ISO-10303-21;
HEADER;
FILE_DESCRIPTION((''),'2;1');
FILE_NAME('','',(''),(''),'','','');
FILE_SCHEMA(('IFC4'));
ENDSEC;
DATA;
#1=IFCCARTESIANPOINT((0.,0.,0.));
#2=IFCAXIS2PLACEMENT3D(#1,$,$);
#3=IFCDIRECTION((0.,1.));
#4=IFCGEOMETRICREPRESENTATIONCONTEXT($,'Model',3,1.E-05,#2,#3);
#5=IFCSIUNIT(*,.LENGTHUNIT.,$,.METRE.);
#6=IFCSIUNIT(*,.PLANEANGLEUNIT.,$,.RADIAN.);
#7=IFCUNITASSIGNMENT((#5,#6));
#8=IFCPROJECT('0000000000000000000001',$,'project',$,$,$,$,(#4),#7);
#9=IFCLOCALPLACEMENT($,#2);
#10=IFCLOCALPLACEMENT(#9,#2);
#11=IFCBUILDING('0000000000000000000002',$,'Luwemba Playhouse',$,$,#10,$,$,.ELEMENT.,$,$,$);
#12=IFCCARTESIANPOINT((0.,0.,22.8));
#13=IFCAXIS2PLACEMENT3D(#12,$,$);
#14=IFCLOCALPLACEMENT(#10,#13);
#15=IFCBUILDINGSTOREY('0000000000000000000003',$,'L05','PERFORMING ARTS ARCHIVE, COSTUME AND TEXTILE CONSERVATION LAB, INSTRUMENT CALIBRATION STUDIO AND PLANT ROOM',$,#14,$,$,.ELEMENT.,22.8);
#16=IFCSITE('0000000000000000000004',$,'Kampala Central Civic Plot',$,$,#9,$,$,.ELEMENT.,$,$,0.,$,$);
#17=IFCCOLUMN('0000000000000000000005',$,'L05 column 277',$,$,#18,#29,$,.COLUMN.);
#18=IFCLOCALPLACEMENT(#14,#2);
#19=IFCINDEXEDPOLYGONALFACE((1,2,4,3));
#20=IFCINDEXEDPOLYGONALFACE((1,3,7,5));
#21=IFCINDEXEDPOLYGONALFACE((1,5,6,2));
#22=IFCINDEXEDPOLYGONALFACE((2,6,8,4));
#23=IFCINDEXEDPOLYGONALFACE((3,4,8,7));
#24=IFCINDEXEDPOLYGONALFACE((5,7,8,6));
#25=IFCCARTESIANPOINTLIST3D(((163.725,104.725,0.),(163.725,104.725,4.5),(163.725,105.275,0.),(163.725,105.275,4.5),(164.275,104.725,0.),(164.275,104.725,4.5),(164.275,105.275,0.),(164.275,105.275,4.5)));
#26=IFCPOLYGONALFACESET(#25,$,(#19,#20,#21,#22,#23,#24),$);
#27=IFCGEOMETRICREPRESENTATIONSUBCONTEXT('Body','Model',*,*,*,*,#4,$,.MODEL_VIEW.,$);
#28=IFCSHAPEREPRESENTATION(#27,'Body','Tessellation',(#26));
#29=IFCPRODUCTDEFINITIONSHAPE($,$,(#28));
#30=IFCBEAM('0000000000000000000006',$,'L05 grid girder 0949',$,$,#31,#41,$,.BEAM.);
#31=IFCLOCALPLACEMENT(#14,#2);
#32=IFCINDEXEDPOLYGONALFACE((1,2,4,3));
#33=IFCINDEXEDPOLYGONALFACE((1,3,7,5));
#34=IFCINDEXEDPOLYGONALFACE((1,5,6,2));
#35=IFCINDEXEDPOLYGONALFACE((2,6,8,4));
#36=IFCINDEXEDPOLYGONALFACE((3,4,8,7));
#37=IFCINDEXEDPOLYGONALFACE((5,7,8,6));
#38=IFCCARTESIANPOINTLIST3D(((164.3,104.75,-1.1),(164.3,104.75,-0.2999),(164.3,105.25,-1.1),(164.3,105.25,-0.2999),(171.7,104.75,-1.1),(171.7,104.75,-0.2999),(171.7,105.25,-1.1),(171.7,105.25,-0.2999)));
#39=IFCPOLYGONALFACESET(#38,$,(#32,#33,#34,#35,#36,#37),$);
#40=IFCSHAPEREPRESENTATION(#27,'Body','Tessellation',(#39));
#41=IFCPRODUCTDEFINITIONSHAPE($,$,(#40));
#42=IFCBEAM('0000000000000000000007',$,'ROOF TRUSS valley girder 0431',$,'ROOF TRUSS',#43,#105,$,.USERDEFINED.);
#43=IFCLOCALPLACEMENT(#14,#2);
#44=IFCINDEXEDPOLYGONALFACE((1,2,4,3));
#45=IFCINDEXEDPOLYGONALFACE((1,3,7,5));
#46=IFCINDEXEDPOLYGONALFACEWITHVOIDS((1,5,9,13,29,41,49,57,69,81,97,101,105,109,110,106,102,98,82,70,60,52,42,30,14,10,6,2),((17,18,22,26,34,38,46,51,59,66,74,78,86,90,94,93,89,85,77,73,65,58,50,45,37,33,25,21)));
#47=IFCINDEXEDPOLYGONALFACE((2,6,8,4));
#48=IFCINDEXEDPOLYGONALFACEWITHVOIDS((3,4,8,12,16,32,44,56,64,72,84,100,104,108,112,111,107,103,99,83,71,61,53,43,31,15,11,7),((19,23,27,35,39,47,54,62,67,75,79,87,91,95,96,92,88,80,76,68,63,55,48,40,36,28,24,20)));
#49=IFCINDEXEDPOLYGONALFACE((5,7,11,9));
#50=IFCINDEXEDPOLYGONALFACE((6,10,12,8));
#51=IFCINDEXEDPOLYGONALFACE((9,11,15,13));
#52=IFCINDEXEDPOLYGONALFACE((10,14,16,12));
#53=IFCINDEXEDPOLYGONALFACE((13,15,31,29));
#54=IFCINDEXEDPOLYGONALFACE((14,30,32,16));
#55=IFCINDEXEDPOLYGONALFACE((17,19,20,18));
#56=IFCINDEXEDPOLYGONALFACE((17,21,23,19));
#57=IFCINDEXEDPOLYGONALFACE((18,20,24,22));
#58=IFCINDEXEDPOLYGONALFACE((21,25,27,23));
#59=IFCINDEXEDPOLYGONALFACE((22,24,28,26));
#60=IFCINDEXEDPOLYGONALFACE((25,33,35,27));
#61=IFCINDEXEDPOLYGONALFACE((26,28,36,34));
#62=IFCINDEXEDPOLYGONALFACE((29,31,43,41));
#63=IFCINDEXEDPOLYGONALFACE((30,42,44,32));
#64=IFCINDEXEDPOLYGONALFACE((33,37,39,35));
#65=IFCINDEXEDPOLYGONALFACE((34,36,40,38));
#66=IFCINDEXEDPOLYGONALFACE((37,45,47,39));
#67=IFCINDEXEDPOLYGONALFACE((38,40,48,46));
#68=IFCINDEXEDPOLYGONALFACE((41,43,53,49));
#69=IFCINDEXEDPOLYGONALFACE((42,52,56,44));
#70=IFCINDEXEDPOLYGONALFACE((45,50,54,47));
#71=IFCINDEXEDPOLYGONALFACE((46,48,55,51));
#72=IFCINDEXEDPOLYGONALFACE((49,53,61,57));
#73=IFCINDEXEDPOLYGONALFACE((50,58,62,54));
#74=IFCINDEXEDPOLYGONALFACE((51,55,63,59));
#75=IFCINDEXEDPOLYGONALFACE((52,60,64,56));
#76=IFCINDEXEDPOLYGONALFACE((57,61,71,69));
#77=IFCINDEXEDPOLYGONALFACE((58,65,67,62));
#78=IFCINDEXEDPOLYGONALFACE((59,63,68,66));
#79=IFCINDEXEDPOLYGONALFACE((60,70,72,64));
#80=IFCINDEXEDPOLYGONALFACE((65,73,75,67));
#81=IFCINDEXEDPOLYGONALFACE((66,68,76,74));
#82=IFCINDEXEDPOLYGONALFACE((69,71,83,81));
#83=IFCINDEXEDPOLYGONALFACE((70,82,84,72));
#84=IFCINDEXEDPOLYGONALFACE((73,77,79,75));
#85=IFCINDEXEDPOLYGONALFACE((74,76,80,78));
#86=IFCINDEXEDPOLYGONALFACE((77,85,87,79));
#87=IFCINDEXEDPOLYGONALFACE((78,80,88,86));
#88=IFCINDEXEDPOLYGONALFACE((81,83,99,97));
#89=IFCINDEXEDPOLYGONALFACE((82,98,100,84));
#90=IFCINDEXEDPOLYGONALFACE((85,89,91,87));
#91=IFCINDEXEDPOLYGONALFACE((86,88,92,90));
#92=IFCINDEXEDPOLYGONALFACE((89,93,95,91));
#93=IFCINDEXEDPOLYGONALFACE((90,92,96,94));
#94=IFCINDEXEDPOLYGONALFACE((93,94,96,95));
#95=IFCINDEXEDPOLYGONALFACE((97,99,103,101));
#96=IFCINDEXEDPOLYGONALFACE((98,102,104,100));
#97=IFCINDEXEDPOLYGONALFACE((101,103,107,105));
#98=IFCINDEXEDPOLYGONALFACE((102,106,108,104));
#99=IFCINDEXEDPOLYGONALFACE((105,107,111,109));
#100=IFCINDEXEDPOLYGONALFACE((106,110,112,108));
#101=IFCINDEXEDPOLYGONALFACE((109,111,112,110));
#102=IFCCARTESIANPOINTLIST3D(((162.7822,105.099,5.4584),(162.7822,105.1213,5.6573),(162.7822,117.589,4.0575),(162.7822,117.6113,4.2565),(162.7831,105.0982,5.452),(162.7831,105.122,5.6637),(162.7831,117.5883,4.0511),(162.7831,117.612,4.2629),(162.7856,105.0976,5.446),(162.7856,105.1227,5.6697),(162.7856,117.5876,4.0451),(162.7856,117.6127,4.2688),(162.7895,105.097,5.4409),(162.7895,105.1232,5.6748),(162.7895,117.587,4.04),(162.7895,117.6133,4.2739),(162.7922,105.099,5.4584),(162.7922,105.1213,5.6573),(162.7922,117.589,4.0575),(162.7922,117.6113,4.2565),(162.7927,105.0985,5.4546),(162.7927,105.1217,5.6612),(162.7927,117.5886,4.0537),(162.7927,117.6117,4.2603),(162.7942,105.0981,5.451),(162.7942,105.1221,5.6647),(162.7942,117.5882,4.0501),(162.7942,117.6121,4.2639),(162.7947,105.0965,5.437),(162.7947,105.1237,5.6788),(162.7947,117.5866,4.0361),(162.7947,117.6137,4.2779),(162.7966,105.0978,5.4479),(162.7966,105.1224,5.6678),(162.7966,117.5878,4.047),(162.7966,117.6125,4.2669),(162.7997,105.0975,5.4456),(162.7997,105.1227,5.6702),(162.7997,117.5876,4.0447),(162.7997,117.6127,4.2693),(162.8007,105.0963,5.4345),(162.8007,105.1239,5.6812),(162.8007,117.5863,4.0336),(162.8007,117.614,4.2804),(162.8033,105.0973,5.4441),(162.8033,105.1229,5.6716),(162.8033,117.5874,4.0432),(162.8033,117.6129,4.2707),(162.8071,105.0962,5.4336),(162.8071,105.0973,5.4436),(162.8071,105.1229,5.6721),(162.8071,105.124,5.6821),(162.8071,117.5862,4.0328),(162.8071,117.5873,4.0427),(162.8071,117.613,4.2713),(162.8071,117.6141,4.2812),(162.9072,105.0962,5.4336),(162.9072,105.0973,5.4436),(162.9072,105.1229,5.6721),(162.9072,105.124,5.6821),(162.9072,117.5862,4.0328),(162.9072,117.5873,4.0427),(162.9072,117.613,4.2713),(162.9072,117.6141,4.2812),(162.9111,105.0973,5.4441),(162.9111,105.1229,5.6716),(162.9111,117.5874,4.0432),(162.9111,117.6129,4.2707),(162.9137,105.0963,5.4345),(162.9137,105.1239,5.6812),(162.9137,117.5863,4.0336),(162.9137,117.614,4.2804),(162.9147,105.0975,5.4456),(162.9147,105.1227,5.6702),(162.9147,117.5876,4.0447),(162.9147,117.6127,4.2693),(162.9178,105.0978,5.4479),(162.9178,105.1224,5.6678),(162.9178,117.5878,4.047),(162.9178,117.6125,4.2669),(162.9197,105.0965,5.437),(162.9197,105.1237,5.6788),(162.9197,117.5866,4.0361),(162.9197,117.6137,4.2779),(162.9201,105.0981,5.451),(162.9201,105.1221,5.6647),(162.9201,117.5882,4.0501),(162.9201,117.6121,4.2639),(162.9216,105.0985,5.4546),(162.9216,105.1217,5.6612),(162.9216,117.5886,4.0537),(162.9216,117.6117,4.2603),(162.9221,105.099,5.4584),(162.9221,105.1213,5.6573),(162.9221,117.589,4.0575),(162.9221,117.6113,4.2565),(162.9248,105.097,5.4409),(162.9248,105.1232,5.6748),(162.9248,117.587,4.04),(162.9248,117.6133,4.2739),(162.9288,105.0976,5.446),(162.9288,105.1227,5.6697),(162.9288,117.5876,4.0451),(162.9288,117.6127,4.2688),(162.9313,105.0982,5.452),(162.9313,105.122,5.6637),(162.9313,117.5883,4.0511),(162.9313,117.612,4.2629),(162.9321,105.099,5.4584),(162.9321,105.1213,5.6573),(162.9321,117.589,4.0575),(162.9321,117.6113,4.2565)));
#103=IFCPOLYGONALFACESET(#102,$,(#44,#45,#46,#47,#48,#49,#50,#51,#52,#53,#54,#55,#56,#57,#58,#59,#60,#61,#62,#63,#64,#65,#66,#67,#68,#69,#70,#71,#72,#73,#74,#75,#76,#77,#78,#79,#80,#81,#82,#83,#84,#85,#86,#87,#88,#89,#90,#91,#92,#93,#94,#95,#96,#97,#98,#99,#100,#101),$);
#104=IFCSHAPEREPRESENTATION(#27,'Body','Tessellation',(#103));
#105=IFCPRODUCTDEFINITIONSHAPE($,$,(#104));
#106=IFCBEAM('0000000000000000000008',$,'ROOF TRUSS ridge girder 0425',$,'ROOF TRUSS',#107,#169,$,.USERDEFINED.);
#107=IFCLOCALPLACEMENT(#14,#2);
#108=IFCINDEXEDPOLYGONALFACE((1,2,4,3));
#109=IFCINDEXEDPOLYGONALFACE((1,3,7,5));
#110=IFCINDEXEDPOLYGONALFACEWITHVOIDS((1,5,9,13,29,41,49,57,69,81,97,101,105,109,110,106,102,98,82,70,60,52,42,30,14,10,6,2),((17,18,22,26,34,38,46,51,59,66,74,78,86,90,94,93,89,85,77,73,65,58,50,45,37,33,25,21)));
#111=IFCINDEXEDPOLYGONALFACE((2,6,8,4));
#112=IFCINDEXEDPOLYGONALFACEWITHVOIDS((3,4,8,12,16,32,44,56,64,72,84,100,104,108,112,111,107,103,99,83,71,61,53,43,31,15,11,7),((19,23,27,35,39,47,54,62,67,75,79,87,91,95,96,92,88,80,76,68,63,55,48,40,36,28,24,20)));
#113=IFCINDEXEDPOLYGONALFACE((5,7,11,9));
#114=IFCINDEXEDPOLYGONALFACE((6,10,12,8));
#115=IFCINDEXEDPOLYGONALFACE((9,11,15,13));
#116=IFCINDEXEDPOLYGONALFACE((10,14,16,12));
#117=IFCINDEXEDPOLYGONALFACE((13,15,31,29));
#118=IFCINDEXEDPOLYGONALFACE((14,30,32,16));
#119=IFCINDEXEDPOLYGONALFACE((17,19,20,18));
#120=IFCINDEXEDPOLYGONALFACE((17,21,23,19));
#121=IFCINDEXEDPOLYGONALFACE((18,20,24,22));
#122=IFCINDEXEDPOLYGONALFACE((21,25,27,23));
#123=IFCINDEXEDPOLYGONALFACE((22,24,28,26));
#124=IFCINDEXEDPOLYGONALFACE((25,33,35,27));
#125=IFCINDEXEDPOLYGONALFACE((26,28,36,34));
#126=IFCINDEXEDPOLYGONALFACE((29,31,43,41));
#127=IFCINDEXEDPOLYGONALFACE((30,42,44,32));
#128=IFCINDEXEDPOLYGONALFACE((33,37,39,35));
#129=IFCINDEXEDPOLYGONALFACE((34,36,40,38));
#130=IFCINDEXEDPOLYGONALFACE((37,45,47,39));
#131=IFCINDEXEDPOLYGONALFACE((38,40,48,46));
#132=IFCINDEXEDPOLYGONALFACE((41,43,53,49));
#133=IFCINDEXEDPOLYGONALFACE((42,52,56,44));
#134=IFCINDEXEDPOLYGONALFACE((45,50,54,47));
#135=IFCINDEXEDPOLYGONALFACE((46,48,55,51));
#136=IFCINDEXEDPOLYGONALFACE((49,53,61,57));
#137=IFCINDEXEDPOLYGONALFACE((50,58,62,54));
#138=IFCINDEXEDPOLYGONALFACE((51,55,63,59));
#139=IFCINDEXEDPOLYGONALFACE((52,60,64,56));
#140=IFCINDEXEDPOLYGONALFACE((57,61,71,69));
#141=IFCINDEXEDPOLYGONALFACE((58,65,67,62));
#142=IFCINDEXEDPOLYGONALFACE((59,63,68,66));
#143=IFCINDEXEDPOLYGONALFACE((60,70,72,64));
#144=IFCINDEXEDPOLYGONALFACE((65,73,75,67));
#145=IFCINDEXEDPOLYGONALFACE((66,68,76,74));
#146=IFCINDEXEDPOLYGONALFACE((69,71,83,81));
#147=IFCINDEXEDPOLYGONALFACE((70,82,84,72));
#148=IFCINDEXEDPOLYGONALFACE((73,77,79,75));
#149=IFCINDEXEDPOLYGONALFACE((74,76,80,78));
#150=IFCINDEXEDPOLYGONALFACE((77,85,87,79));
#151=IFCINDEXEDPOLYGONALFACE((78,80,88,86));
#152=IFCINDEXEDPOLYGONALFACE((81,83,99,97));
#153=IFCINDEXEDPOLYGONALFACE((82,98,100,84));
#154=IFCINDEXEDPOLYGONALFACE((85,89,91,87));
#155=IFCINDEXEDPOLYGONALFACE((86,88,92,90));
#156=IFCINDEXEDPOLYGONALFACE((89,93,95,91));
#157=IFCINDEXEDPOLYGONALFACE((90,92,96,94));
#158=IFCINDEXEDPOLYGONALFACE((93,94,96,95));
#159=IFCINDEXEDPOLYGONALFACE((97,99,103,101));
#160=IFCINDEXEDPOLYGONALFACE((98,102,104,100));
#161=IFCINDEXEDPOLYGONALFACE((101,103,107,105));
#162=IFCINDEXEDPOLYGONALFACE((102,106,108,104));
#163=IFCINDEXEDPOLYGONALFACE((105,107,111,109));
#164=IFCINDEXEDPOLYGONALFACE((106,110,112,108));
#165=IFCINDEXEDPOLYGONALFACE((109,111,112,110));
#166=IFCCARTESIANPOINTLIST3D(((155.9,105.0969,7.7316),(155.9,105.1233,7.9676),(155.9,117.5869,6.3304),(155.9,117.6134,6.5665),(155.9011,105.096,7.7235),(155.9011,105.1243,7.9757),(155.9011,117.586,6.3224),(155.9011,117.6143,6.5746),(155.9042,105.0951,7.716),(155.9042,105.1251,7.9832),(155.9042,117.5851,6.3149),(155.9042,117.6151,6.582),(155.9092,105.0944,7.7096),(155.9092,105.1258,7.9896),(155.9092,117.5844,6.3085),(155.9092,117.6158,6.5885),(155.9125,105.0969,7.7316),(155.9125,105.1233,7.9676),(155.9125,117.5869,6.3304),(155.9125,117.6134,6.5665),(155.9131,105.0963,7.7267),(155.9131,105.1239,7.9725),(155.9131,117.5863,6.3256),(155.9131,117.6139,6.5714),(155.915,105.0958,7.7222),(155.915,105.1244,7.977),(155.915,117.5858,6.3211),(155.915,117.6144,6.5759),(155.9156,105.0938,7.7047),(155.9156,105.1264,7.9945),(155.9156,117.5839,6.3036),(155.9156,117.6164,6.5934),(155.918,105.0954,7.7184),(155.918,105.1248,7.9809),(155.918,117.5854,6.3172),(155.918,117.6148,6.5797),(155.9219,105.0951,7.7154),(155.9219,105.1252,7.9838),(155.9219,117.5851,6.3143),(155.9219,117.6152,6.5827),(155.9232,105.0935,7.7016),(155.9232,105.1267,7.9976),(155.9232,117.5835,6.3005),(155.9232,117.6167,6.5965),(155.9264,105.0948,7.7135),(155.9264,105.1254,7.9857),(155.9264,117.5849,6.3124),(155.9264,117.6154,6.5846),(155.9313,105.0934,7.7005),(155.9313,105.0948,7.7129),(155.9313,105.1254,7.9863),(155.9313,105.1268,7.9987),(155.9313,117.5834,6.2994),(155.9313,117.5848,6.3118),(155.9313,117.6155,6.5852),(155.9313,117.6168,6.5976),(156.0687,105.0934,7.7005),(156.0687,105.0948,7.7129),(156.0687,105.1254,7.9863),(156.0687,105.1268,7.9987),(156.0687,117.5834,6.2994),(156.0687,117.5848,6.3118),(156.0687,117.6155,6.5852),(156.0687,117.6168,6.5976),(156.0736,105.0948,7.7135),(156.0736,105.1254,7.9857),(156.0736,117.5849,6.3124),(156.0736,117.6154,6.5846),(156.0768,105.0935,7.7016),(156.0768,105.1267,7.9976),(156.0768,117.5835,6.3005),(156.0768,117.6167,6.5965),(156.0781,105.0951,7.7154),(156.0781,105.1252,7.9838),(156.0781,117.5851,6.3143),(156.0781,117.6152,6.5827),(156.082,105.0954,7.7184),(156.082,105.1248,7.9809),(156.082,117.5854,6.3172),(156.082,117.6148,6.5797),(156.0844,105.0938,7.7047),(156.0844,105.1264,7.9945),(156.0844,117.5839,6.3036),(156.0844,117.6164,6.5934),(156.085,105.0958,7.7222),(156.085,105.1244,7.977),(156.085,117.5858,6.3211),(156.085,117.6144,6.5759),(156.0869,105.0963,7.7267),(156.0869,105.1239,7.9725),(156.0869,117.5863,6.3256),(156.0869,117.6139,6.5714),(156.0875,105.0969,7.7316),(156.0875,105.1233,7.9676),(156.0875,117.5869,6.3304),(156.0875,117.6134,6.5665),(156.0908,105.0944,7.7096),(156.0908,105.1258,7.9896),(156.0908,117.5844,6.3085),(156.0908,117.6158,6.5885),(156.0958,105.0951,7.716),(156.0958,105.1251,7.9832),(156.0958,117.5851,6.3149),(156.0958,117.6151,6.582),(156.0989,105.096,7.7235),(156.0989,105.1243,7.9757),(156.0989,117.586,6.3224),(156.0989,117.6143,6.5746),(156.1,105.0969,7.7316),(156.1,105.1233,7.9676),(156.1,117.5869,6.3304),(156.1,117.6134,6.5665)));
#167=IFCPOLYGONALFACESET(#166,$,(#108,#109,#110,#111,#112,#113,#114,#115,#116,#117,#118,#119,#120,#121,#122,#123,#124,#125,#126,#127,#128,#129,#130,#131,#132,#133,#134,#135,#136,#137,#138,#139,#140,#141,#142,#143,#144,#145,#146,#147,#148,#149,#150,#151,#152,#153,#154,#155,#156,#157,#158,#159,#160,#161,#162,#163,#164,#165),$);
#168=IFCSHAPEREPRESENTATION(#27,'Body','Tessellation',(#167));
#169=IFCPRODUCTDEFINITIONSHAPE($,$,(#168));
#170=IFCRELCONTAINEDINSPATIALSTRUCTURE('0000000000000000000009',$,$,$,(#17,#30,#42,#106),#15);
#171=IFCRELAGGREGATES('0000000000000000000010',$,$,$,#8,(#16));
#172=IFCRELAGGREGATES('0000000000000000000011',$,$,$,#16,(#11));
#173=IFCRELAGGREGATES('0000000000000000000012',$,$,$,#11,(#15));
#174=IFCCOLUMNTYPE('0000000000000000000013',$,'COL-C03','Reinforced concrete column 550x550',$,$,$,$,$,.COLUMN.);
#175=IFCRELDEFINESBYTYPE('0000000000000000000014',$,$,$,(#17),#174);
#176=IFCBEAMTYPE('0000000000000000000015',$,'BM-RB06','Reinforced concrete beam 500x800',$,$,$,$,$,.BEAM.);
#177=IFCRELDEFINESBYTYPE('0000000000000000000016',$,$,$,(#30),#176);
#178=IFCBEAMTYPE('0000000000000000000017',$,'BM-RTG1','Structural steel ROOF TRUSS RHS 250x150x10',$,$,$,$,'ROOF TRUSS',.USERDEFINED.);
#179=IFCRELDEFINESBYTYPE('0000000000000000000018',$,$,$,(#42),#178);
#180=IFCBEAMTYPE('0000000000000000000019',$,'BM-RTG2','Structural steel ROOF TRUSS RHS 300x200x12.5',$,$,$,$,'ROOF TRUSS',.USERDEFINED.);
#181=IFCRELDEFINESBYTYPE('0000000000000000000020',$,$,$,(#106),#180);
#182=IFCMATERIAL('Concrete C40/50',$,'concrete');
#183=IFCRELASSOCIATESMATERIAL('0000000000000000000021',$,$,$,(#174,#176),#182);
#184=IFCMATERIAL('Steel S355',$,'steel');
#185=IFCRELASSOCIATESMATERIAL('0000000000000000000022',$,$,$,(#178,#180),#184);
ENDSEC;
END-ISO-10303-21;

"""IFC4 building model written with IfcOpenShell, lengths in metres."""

from ifc_helpers import new_model, si_unit, direction, frame, origin, origin_2d, place, context, subcontext, project, spatial, rectangle, hollow_rectangle, extrude, material, material_profile, profile_set, type_object, element, save


model = new_model("IFC4")

# Units and contexts
model_context = context("Model", 3, precision=1e-05, world=origin(), true_north=direction((0.0, 1.0)))
body_context = subcontext(model_context, "Body", "Model", "MODEL_VIEW")
ifc_project = project(units=[si_unit("LENGTHUNIT", "METRE"), si_unit("PLANEANGLEUNIT", "RADIAN")], contexts=[model_context])

# Site, building, storey
site_placement = place(None, origin())
site = spatial("IfcSite", under=ifc_project, at=site_placement, Name="Kampala Central Civic Plot", CompositionType="ELEMENT", RefElevation=0.0)
building_placement = place(site_placement, origin())
building = spatial("IfcBuilding", under=site, at=building_placement, Name="Luwemba Playhouse", CompositionType="ELEMENT")
storey_placement = place(building_placement, frame((0.0, 0.0, 22.8)))
storey = spatial("IfcBuildingStorey", under=building, at=storey_placement, Name="L05", Description="PERFORMING ARTS ARCHIVE, COSTUME AND TEXTILE CONSERVATION LAB, INSTRUMENT CALIBRATION STUDIO AND PLANT ROOM", CompositionType="ELEMENT", Elevation=22.8)

# Column
ifc_material_1 = material(Name="Concrete C40/50", Category="concrete")
ifc_material_profile_1 = material_profile(ifc_material_1, rectangle(XDim=0.55, YDim=0.55, at=origin_2d()))
ifc_profile_set_1 = profile_set([ifc_material_profile_1], Name="Concrete C40/50")
column_type = type_object("IfcColumnType", Name="COL-C03", Description="Reinforced concrete column 550x550", PredefinedType="COLUMN", material=ifc_profile_set_1)
column_placement = place(storey_placement, frame((164.0, 105.0, 0.0), z_axis=(0.0, 0.0, 1.0), x_axis=(1.0, 0.0, 0.0)))
element("IfcColumn", 1, at=column_placement, inside=storey, type_object=column_type, Name="L05 column 277", PredefinedType="COLUMN", context=body_context, shape_type="SweptSolid", body=[
    extrude(rectangle(XDim=0.55, YDim=0.55, at=origin_2d()), origin(), (0.0, 0.0, 1.0), 4.5),
])

# Beams
ifc_material_profile_2 = material_profile(ifc_material_1, rectangle(XDim=0.5, YDim=0.8, at=origin_2d()))
ifc_profile_set_2 = profile_set([ifc_material_profile_2], Name="Concrete C40/50")
beam_type_1 = type_object("IfcBeamType", Name="BM-RB06", Description="Reinforced concrete beam 500x800", PredefinedType="BEAM", material=ifc_profile_set_2)
beam_1_placement = place(storey_placement, frame((164.3, 105.0, -0.7), z_axis=(1.0, 0.0, 0.0), x_axis=(0.0, 1.0, 0.0)))
element("IfcBeam", 2, at=beam_1_placement, inside=storey, type_object=beam_type_1, Name="L05 grid girder 0949", PredefinedType="BEAM", context=body_context, shape_type="SweptSolid", body=[
    extrude(rectangle(XDim=0.5, YDim=0.8, at=origin_2d()), origin(), (0.0, 0.0, 1.0), 7.3999),
])
ifc_material_2 = material(Name="Steel S355", Category="steel")
ifc_material_profile_3 = material_profile(ifc_material_2, hollow_rectangle(XDim=0.1499, YDim=0.25, WallThickness=0.01, InnerFilletRadius=0.0149, OuterFilletRadius=0.0249, at=origin_2d()))
ifc_profile_set_3 = profile_set([ifc_material_profile_3], Name="Steel S355")
beam_type_2 = type_object("IfcBeamType", Name="BM-RTG1", Description="Structural steel ROOF TRUSS RHS 250x150x10", ElementType="ROOF TRUSS", PredefinedType="USERDEFINED", material=ifc_profile_set_3)
beam_2_placement = place(storey_placement, frame((162.8572, 105.1101, 5.5579), z_axis=(0.0, 0.993769, -0.111461), x_axis=(-1.0, 0.0, 0.0)))
element("IfcBeam", 3, at=beam_2_placement, inside=storey, type_object=beam_type_2, Name="ROOF TRUSS valley girder 0431", ObjectType="ROOF TRUSS", PredefinedType="USERDEFINED", context=body_context, shape_type="SweptSolid", body=[
    extrude(hollow_rectangle(XDim=0.1499, YDim=0.25, WallThickness=0.01, InnerFilletRadius=0.0149, OuterFilletRadius=0.0249, at=origin_2d()), origin(), (0.0, 0.0, 1.0), 12.5684),
])
ifc_material_profile_4 = material_profile(ifc_material_2, hollow_rectangle(XDim=0.2, YDim=0.3, WallThickness=0.0125, InnerFilletRadius=0.0188, OuterFilletRadius=0.0312, at=origin_2d()))
ifc_profile_set_4 = profile_set([ifc_material_profile_4], Name="Steel S355")
beam_type_3 = type_object("IfcBeamType", Name="BM-RTG2", Description="Structural steel ROOF TRUSS RHS 300x200x12.5", ElementType="ROOF TRUSS", PredefinedType="USERDEFINED", material=ifc_profile_set_4)
beam_3_placement = place(storey_placement, frame((156.0, 105.1101, 7.8496), z_axis=(0.0, 0.993767, -0.11148), x_axis=(-1.0, 0.0, 0.0)))
element("IfcBeam", 4, at=beam_3_placement, inside=storey, type_object=beam_type_3, Name="ROOF TRUSS ridge girder 0425", ObjectType="ROOF TRUSS", PredefinedType="USERDEFINED", context=body_context, shape_type="SweptSolid", body=[
    extrude(hollow_rectangle(XDim=0.2, YDim=0.3, WallThickness=0.0125, InnerFilletRadius=0.0188, OuterFilletRadius=0.0312, at=origin_2d()), origin(), (0.0, 0.0, 1.0), 12.5684),
])

save(model, "model.ifc")
